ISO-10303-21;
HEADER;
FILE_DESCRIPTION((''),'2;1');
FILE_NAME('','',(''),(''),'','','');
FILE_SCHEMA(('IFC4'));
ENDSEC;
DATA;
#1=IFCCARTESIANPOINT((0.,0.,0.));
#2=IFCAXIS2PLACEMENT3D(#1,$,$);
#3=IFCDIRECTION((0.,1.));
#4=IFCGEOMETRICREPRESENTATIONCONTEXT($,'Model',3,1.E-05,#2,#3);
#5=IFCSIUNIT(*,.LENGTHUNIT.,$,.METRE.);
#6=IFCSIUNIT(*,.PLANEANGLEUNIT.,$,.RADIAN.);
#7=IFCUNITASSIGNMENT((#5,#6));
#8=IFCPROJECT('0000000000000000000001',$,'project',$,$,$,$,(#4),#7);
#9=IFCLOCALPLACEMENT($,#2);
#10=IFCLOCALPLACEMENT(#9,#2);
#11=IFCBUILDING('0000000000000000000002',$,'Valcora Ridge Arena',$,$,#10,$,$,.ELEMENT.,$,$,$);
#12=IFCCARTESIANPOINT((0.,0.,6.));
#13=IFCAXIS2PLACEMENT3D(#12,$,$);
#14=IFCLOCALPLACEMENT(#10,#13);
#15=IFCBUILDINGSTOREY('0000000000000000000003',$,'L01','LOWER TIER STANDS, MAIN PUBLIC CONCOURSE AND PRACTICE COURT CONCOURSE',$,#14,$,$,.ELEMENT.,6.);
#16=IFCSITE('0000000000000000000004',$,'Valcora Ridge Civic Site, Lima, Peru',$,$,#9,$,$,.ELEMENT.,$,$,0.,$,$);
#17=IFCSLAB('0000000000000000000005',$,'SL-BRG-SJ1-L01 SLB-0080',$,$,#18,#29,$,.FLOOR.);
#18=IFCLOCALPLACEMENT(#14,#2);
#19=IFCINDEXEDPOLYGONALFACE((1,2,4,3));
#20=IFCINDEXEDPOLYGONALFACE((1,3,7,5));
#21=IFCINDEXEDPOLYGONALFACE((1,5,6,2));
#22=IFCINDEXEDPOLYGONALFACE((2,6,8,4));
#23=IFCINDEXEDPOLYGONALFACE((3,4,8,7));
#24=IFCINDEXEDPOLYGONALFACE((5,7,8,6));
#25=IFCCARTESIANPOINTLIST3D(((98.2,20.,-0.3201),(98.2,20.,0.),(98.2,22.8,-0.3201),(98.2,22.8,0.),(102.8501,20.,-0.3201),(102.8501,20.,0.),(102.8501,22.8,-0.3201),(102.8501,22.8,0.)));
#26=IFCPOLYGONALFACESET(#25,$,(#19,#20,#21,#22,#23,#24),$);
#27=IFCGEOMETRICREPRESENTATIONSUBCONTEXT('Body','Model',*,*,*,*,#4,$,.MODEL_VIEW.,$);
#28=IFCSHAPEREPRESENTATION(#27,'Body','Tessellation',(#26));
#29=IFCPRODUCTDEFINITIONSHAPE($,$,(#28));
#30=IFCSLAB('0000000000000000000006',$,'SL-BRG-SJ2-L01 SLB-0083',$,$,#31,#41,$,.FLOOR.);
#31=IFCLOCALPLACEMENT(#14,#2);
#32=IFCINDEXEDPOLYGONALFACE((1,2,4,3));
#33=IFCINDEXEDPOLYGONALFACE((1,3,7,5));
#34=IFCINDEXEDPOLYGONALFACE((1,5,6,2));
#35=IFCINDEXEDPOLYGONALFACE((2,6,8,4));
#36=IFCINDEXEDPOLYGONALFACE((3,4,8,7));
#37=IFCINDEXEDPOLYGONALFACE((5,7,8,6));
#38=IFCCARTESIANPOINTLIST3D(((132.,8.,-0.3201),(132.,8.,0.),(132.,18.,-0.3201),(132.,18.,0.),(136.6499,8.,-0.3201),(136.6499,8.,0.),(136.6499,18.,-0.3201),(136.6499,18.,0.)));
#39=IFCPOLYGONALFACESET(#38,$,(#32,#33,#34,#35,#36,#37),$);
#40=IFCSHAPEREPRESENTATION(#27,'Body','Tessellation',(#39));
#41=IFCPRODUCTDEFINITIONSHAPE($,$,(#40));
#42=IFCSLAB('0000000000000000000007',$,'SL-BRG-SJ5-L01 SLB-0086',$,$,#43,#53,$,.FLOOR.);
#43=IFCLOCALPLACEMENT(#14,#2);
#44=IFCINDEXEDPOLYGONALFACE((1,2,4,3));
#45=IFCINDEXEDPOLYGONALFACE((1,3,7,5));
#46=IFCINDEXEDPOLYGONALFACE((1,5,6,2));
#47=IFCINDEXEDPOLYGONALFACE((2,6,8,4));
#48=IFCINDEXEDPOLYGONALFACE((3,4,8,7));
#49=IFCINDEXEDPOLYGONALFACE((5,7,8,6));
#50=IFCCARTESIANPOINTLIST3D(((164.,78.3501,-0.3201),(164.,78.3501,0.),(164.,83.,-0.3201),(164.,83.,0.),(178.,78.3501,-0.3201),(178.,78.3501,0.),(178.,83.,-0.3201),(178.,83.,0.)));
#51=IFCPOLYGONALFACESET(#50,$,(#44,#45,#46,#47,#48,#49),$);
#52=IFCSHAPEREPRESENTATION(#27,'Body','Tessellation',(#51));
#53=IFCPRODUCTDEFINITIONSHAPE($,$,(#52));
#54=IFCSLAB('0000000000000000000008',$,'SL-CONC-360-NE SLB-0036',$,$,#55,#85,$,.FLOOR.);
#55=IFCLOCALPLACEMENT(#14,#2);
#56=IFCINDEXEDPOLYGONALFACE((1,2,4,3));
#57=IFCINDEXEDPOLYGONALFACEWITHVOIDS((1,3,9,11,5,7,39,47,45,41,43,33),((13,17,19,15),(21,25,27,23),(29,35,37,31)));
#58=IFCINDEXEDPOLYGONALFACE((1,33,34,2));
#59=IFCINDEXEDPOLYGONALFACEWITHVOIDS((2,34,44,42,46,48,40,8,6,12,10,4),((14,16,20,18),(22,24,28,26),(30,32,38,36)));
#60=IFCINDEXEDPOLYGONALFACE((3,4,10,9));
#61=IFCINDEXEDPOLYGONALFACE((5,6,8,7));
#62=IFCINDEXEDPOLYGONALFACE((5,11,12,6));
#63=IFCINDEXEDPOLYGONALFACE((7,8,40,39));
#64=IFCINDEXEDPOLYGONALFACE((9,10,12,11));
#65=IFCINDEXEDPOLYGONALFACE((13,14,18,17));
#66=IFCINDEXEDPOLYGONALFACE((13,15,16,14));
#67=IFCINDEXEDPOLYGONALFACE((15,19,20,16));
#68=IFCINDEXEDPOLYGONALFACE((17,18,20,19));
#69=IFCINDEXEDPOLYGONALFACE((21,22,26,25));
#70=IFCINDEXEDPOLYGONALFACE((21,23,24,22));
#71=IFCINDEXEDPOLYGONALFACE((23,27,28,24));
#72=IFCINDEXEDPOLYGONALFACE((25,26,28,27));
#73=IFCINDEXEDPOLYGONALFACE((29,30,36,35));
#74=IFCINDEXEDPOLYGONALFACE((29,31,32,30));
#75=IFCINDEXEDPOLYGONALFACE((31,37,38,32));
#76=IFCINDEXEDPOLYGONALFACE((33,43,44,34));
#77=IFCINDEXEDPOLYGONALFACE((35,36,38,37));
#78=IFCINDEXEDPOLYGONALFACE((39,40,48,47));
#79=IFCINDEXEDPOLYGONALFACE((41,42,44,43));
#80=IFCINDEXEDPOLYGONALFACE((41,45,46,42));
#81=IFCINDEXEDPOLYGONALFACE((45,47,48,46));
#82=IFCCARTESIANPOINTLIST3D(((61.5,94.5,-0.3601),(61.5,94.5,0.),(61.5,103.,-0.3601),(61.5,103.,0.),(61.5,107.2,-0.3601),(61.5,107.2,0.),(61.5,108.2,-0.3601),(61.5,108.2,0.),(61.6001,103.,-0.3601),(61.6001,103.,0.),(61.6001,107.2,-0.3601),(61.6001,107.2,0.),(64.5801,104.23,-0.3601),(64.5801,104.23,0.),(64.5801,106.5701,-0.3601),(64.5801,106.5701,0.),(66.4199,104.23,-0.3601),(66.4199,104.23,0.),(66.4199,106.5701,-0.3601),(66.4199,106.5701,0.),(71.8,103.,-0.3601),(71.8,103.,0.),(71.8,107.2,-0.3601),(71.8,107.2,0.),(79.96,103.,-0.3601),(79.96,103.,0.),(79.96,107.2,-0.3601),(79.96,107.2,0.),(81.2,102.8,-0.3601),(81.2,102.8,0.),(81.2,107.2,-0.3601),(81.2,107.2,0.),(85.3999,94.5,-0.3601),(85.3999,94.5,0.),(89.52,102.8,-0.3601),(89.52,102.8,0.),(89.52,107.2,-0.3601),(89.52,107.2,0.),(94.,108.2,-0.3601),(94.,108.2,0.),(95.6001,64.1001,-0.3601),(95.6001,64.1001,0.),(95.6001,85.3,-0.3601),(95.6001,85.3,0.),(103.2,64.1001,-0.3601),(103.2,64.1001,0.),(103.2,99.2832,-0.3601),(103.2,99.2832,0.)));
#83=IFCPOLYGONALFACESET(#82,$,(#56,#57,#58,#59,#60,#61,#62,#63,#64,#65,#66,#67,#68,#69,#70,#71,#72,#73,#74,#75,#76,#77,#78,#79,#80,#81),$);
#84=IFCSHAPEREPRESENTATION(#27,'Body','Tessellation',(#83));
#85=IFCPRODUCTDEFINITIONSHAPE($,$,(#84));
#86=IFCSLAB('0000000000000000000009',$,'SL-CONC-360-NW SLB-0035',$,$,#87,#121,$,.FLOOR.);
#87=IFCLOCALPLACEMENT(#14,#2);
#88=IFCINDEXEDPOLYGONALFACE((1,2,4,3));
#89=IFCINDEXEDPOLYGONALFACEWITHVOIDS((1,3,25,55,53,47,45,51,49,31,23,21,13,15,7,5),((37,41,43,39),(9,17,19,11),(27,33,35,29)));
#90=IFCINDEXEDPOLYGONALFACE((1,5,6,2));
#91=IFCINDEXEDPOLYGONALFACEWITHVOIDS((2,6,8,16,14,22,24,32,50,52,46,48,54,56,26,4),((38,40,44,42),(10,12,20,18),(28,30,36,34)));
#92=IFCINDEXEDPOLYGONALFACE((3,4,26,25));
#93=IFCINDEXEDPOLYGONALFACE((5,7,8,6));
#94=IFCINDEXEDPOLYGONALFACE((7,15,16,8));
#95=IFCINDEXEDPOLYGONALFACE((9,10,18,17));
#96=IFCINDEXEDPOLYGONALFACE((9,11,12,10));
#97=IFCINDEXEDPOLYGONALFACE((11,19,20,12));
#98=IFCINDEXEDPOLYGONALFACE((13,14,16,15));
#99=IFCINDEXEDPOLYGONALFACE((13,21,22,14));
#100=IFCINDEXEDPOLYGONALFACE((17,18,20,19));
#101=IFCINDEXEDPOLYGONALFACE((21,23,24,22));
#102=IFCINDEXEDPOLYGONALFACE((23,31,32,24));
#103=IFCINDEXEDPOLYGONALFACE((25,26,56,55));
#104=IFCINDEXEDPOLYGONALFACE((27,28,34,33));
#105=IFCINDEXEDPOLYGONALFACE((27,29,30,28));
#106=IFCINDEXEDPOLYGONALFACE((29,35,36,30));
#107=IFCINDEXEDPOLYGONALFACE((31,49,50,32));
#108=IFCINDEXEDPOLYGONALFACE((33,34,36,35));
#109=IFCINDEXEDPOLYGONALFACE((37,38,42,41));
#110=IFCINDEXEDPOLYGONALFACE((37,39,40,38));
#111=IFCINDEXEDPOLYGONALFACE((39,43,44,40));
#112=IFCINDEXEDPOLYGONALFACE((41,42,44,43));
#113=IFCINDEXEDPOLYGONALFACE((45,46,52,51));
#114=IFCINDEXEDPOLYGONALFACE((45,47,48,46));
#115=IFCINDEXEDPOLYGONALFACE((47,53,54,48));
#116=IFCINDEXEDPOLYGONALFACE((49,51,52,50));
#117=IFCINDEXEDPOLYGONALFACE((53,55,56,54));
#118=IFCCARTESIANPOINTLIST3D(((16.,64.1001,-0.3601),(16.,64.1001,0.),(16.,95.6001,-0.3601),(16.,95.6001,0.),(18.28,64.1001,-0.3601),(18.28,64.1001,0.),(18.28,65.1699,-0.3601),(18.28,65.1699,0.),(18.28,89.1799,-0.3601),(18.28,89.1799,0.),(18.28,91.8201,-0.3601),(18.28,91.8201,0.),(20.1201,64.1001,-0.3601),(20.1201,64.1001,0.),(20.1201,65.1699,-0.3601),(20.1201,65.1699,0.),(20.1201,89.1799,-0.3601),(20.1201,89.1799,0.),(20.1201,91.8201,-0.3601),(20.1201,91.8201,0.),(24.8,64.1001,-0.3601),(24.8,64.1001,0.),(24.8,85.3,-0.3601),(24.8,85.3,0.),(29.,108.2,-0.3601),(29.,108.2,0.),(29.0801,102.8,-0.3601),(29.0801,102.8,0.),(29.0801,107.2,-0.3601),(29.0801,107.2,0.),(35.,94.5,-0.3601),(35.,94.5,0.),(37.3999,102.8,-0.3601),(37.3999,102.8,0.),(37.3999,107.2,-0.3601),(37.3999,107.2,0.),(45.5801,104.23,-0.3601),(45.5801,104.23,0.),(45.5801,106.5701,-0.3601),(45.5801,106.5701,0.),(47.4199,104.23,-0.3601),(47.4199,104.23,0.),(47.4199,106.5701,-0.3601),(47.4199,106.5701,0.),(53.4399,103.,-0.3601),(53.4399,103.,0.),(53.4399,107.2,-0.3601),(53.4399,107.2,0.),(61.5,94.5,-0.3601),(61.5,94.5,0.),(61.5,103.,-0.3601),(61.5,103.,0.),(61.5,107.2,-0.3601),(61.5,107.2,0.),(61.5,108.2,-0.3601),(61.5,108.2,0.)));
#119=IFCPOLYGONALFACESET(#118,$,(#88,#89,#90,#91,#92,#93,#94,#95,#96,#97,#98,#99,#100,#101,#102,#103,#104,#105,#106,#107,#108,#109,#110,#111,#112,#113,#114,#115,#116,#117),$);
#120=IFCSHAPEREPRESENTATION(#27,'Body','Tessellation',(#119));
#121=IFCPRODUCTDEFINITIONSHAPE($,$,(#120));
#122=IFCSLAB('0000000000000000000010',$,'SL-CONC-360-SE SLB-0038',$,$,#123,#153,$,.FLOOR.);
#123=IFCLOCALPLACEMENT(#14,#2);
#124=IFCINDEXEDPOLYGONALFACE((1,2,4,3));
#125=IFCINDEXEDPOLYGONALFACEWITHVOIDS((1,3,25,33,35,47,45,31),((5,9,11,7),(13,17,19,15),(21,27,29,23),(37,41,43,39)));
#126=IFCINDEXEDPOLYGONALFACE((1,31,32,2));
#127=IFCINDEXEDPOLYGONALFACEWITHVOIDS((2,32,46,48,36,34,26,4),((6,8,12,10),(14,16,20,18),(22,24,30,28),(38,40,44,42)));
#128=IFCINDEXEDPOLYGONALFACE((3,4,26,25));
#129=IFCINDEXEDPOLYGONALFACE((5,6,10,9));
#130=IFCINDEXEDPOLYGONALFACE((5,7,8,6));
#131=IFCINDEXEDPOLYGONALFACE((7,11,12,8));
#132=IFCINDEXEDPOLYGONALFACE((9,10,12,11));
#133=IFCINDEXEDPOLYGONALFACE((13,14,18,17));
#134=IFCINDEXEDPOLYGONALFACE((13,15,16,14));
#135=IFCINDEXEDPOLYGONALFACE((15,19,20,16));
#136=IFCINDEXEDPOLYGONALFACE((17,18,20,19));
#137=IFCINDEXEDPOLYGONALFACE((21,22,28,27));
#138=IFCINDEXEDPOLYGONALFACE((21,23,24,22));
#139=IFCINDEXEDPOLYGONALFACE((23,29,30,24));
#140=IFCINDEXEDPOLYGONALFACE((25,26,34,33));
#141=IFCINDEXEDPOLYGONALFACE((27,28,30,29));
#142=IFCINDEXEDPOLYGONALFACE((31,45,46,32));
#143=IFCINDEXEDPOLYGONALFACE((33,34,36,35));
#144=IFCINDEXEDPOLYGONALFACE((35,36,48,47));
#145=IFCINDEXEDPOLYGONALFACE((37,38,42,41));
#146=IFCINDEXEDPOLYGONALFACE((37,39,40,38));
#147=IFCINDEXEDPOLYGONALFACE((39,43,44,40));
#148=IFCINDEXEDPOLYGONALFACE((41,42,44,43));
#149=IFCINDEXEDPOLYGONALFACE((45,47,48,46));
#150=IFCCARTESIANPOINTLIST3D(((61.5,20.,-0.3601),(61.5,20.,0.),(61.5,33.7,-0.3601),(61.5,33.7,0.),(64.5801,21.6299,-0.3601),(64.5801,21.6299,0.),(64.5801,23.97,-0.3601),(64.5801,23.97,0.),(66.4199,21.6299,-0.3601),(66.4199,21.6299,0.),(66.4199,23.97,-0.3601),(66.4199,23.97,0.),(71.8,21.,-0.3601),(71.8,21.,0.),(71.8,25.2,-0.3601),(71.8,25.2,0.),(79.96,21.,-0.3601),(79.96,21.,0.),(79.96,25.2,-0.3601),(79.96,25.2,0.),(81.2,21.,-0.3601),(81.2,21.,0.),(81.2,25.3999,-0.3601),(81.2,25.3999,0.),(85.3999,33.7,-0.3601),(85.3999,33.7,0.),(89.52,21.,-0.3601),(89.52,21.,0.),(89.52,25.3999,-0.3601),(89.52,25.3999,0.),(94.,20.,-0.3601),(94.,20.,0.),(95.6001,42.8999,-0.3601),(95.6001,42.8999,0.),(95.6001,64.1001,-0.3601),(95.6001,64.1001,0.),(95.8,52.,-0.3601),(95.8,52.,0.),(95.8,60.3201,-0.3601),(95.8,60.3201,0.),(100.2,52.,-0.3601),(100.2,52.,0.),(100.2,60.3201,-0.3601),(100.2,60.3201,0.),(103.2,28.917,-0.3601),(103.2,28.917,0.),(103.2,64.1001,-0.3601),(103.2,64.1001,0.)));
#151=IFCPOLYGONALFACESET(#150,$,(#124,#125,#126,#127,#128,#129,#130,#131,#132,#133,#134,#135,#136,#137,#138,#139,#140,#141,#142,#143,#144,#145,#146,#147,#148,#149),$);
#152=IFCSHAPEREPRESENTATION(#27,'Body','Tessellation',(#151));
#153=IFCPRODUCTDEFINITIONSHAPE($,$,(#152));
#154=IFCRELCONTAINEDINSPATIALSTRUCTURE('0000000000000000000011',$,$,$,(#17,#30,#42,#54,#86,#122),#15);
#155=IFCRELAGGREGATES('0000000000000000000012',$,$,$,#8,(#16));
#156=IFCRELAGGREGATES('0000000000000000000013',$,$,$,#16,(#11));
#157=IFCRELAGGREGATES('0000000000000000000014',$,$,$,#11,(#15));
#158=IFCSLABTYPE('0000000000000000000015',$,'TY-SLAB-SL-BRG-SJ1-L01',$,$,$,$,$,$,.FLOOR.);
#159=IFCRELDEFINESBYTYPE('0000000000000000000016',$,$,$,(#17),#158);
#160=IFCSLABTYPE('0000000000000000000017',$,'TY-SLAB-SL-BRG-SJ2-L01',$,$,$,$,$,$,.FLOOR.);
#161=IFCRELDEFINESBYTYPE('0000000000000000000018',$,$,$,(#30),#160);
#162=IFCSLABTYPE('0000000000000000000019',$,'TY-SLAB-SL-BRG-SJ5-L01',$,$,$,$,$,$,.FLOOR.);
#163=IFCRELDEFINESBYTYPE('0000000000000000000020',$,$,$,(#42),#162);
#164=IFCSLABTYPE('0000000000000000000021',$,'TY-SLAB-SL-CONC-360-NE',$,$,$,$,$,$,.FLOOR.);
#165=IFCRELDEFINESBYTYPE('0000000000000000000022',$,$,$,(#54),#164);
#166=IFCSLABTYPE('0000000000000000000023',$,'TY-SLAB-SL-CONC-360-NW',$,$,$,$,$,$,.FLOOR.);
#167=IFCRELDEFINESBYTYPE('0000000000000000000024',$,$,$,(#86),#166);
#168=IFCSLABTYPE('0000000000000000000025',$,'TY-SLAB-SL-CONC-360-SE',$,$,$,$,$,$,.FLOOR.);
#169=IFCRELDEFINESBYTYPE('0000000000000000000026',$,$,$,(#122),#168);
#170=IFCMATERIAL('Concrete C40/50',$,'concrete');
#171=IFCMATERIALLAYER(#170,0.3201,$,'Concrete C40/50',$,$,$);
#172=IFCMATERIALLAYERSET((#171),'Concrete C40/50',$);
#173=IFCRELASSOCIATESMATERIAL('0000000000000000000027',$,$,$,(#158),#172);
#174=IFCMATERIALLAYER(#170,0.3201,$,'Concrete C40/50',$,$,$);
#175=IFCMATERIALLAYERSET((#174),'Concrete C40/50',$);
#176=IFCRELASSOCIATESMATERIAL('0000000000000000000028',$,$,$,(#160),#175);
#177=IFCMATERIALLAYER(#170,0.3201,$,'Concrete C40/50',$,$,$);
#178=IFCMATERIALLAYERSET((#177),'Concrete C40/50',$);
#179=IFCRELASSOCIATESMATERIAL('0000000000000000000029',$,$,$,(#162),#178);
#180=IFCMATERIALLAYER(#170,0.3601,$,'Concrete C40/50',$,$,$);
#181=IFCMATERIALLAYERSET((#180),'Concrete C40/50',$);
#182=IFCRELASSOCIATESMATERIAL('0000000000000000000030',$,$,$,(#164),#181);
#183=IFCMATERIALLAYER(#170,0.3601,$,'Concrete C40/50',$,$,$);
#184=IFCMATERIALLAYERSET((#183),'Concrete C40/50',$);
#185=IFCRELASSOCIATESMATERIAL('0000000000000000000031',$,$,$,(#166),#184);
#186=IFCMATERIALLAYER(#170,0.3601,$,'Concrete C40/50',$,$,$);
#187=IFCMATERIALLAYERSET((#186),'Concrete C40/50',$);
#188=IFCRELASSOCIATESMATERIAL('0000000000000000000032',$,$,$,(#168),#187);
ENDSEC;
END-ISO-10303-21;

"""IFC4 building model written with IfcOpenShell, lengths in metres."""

from ifc_helpers import new_model, si_unit, direction, frame, origin, place, context, subcontext, project, spatial, polyline, outline, extrude, material, layer, layer_set, type_object, element, save


model = new_model("IFC4")

# Units and contexts
model_context = context("Model", 3, precision=1e-05, world=origin(), true_north=direction((0.0, 1.0)))
body_context = subcontext(model_context, "Body", "Model", "MODEL_VIEW")
ifc_project = project(units=[si_unit("LENGTHUNIT", "METRE"), si_unit("PLANEANGLEUNIT", "RADIAN")], contexts=[model_context])

# Site, building, storey
site_placement = place(None, origin())
site = spatial("IfcSite", under=ifc_project, at=site_placement, Name="Valcora Ridge Civic Site, Lima, Peru", CompositionType="ELEMENT", RefElevation=0.0)
building_placement = place(site_placement, origin())
building = spatial("IfcBuilding", under=site, at=building_placement, Name="Valcora Ridge Arena", CompositionType="ELEMENT")
storey_placement = place(building_placement, frame((0.0, 0.0, 6.0)))
storey = spatial("IfcBuildingStorey", under=building, at=storey_placement, Name="L01", Description="LOWER TIER STANDS, MAIN PUBLIC CONCOURSE AND PRACTICE COURT CONCOURSE", CompositionType="ELEMENT", Elevation=6.0)

# Slabs
ifc_material_1 = material(Name="Concrete C40/50", Category="concrete")
ifc_layer_1 = layer(ifc_material_1, 0.3201, Name="Concrete C40/50")
ifc_layer_set_1 = layer_set([ifc_layer_1], Name="Concrete C40/50")
slab_type_1 = type_object("IfcSlabType", Name="TY-SLAB-SL-BRG-SJ1-L01", PredefinedType="FLOOR", material=ifc_layer_set_1)
slab_1_placement = place(storey_placement, frame((0.0, 0.0, -0.3201)))
element("IfcSlab", 1, at=slab_1_placement, inside=storey, type_object=slab_type_1, Name="SL-BRG-SJ1-L01 SLB-0080", PredefinedType="FLOOR", context=body_context, shape_type="SweptSolid", body=[
    extrude(outline(polyline([(102.8501, 20.0), (102.8501, 22.8), (98.2, 22.8), (98.2, 20.0), (102.8501, 20.0)])), origin(), (0.0, 0.0, 1.0), 0.3201),
])
ifc_layer_2 = layer(ifc_material_1, 0.3201, Name="Concrete C40/50")
ifc_layer_set_2 = layer_set([ifc_layer_2], Name="Concrete C40/50")
slab_type_2 = type_object("IfcSlabType", Name="TY-SLAB-SL-BRG-SJ2-L01", PredefinedType="FLOOR", material=ifc_layer_set_2)
slab_2_placement = place(storey_placement, frame((0.0, 0.0, -0.3201)))
element("IfcSlab", 2, at=slab_2_placement, inside=storey, type_object=slab_type_2, Name="SL-BRG-SJ2-L01 SLB-0083", PredefinedType="FLOOR", context=body_context, shape_type="SweptSolid", body=[
    extrude(outline(polyline([(136.6499, 8.0), (136.6499, 18.0), (132.0, 18.0), (132.0, 8.0), (136.6499, 8.0)])), origin(), (0.0, 0.0, 1.0), 0.3201),
])
ifc_layer_3 = layer(ifc_material_1, 0.3201, Name="Concrete C40/50")
ifc_layer_set_3 = layer_set([ifc_layer_3], Name="Concrete C40/50")
slab_type_3 = type_object("IfcSlabType", Name="TY-SLAB-SL-BRG-SJ5-L01", PredefinedType="FLOOR", material=ifc_layer_set_3)
slab_3_placement = place(storey_placement, frame((0.0, 0.0, -0.3201)))
element("IfcSlab", 3, at=slab_3_placement, inside=storey, type_object=slab_type_3, Name="SL-BRG-SJ5-L01 SLB-0086", PredefinedType="FLOOR", context=body_context, shape_type="SweptSolid", body=[
    extrude(outline(polyline([(178.0, 78.3501), (178.0, 83.0), (164.0, 83.0), (164.0, 78.3501), (178.0, 78.3501)])), origin(), (0.0, 0.0, 1.0), 0.3201),
])
ifc_layer_4 = layer(ifc_material_1, 0.3601, Name="Concrete C40/50")
ifc_layer_set_4 = layer_set([ifc_layer_4], Name="Concrete C40/50")
slab_type_4 = type_object("IfcSlabType", Name="TY-SLAB-SL-CONC-360-NE", PredefinedType="FLOOR", material=ifc_layer_set_4)
slab_4_placement = place(storey_placement, frame((0.0, 0.0, -0.3601)))
element("IfcSlab", 4, at=slab_4_placement, inside=storey, type_object=slab_type_4, Name="SL-CONC-360-NE SLB-0036", PredefinedType="FLOOR", context=body_context, shape_type="SweptSolid", body=[
    extrude(outline(polyline([(94.0, 108.2), (61.5, 108.2), (61.5, 107.2), (61.6001, 107.2), (61.6001, 103.0), (61.5, 103.0), (61.5, 94.5), (85.3999, 94.5), (95.6001, 85.3), (95.6001, 64.1001), (103.2, 64.1001), (103.2, 99.2832), (94.0, 108.2)]), holes=[polyline([(81.2, 107.2), (81.2, 102.8), (89.52, 102.8), (89.52, 107.2), (81.2, 107.2)]), polyline([(71.8, 107.2), (71.8, 103.0), (79.96, 103.0), (79.96, 107.2), (71.8, 107.2)]), polyline([(66.4199, 106.5701), (64.5801, 106.5701), (64.5801, 104.23), (66.4199, 104.23), (66.4199, 106.5701)])]), origin(), (0.0, 0.0, 1.0), 0.3601),
])
ifc_layer_5 = layer(ifc_material_1, 0.3601, Name="Concrete C40/50")
ifc_layer_set_5 = layer_set([ifc_layer_5], Name="Concrete C40/50")
slab_type_5 = type_object("IfcSlabType", Name="TY-SLAB-SL-CONC-360-NW", PredefinedType="FLOOR", material=ifc_layer_set_5)
slab_5_placement = place(storey_placement, frame((0.0, 0.0, -0.3601)))
element("IfcSlab", 5, at=slab_5_placement, inside=storey, type_object=slab_type_5, Name="SL-CONC-360-NW SLB-0035", PredefinedType="FLOOR", context=body_context, shape_type="SweptSolid", body=[
    extrude(outline(polyline([(16.0, 95.6001), (16.0, 64.1001), (18.28, 64.1001), (18.28, 65.1699), (20.1201, 65.1699), (20.1201, 64.1001), (24.8, 64.1001), (24.8, 85.3), (35.0, 94.5), (61.5, 94.5), (61.5, 103.0), (53.4399, 103.0), (53.4399, 107.2), (61.5, 107.2), (61.5, 108.2), (29.0, 108.2), (16.0, 95.6001)]), holes=[polyline([(29.0801, 107.2), (29.0801, 102.8), (37.3999, 102.8), (37.3999, 107.2), (29.0801, 107.2)]), polyline([(20.1201, 91.8201), (18.28, 91.8201), (18.28, 89.1799), (20.1201, 89.1799), (20.1201, 91.8201)]), polyline([(47.4199, 106.5701), (45.5801, 106.5701), (45.5801, 104.23), (47.4199, 104.23), (47.4199, 106.5701)])]), origin(), (0.0, 0.0, 1.0), 0.3601),
])
ifc_layer_6 = layer(ifc_material_1, 0.3601, Name="Concrete C40/50")
ifc_layer_set_6 = layer_set([ifc_layer_6], Name="Concrete C40/50")
slab_type_6 = type_object("IfcSlabType", Name="TY-SLAB-SL-CONC-360-SE", PredefinedType="FLOOR", material=ifc_layer_set_6)
slab_6_placement = place(storey_placement, frame((0.0, 0.0, -0.3601)))
element("IfcSlab", 6, at=slab_6_placement, inside=storey, type_object=slab_type_6, Name="SL-CONC-360-SE SLB-0038", PredefinedType="FLOOR", context=body_context, shape_type="SweptSolid", body=[
    extrude(outline(polyline([(103.2, 28.917), (103.2, 64.1001), (95.6001, 64.1001), (95.6001, 42.8999), (85.3999, 33.7), (61.5, 33.7), (61.5, 20.0), (94.0, 20.0), (103.2, 28.917)]), holes=[polyline([(71.8, 21.0), (79.96, 21.0), (79.96, 25.2), (71.8, 25.2), (71.8, 21.0)]), polyline([(81.2, 25.3999), (81.2, 21.0), (89.52, 21.0), (89.52, 25.3999), (81.2, 25.3999)]), polyline([(95.8, 60.3201), (95.8, 52.0), (100.2, 52.0), (100.2, 60.3201), (95.8, 60.3201)]), polyline([(66.4199, 23.97), (64.5801, 23.97), (64.5801, 21.6299), (66.4199, 21.6299), (66.4199, 23.97)])]), origin(), (0.0, 0.0, 1.0), 0.3601),
])

save(model, "model.ifc")
